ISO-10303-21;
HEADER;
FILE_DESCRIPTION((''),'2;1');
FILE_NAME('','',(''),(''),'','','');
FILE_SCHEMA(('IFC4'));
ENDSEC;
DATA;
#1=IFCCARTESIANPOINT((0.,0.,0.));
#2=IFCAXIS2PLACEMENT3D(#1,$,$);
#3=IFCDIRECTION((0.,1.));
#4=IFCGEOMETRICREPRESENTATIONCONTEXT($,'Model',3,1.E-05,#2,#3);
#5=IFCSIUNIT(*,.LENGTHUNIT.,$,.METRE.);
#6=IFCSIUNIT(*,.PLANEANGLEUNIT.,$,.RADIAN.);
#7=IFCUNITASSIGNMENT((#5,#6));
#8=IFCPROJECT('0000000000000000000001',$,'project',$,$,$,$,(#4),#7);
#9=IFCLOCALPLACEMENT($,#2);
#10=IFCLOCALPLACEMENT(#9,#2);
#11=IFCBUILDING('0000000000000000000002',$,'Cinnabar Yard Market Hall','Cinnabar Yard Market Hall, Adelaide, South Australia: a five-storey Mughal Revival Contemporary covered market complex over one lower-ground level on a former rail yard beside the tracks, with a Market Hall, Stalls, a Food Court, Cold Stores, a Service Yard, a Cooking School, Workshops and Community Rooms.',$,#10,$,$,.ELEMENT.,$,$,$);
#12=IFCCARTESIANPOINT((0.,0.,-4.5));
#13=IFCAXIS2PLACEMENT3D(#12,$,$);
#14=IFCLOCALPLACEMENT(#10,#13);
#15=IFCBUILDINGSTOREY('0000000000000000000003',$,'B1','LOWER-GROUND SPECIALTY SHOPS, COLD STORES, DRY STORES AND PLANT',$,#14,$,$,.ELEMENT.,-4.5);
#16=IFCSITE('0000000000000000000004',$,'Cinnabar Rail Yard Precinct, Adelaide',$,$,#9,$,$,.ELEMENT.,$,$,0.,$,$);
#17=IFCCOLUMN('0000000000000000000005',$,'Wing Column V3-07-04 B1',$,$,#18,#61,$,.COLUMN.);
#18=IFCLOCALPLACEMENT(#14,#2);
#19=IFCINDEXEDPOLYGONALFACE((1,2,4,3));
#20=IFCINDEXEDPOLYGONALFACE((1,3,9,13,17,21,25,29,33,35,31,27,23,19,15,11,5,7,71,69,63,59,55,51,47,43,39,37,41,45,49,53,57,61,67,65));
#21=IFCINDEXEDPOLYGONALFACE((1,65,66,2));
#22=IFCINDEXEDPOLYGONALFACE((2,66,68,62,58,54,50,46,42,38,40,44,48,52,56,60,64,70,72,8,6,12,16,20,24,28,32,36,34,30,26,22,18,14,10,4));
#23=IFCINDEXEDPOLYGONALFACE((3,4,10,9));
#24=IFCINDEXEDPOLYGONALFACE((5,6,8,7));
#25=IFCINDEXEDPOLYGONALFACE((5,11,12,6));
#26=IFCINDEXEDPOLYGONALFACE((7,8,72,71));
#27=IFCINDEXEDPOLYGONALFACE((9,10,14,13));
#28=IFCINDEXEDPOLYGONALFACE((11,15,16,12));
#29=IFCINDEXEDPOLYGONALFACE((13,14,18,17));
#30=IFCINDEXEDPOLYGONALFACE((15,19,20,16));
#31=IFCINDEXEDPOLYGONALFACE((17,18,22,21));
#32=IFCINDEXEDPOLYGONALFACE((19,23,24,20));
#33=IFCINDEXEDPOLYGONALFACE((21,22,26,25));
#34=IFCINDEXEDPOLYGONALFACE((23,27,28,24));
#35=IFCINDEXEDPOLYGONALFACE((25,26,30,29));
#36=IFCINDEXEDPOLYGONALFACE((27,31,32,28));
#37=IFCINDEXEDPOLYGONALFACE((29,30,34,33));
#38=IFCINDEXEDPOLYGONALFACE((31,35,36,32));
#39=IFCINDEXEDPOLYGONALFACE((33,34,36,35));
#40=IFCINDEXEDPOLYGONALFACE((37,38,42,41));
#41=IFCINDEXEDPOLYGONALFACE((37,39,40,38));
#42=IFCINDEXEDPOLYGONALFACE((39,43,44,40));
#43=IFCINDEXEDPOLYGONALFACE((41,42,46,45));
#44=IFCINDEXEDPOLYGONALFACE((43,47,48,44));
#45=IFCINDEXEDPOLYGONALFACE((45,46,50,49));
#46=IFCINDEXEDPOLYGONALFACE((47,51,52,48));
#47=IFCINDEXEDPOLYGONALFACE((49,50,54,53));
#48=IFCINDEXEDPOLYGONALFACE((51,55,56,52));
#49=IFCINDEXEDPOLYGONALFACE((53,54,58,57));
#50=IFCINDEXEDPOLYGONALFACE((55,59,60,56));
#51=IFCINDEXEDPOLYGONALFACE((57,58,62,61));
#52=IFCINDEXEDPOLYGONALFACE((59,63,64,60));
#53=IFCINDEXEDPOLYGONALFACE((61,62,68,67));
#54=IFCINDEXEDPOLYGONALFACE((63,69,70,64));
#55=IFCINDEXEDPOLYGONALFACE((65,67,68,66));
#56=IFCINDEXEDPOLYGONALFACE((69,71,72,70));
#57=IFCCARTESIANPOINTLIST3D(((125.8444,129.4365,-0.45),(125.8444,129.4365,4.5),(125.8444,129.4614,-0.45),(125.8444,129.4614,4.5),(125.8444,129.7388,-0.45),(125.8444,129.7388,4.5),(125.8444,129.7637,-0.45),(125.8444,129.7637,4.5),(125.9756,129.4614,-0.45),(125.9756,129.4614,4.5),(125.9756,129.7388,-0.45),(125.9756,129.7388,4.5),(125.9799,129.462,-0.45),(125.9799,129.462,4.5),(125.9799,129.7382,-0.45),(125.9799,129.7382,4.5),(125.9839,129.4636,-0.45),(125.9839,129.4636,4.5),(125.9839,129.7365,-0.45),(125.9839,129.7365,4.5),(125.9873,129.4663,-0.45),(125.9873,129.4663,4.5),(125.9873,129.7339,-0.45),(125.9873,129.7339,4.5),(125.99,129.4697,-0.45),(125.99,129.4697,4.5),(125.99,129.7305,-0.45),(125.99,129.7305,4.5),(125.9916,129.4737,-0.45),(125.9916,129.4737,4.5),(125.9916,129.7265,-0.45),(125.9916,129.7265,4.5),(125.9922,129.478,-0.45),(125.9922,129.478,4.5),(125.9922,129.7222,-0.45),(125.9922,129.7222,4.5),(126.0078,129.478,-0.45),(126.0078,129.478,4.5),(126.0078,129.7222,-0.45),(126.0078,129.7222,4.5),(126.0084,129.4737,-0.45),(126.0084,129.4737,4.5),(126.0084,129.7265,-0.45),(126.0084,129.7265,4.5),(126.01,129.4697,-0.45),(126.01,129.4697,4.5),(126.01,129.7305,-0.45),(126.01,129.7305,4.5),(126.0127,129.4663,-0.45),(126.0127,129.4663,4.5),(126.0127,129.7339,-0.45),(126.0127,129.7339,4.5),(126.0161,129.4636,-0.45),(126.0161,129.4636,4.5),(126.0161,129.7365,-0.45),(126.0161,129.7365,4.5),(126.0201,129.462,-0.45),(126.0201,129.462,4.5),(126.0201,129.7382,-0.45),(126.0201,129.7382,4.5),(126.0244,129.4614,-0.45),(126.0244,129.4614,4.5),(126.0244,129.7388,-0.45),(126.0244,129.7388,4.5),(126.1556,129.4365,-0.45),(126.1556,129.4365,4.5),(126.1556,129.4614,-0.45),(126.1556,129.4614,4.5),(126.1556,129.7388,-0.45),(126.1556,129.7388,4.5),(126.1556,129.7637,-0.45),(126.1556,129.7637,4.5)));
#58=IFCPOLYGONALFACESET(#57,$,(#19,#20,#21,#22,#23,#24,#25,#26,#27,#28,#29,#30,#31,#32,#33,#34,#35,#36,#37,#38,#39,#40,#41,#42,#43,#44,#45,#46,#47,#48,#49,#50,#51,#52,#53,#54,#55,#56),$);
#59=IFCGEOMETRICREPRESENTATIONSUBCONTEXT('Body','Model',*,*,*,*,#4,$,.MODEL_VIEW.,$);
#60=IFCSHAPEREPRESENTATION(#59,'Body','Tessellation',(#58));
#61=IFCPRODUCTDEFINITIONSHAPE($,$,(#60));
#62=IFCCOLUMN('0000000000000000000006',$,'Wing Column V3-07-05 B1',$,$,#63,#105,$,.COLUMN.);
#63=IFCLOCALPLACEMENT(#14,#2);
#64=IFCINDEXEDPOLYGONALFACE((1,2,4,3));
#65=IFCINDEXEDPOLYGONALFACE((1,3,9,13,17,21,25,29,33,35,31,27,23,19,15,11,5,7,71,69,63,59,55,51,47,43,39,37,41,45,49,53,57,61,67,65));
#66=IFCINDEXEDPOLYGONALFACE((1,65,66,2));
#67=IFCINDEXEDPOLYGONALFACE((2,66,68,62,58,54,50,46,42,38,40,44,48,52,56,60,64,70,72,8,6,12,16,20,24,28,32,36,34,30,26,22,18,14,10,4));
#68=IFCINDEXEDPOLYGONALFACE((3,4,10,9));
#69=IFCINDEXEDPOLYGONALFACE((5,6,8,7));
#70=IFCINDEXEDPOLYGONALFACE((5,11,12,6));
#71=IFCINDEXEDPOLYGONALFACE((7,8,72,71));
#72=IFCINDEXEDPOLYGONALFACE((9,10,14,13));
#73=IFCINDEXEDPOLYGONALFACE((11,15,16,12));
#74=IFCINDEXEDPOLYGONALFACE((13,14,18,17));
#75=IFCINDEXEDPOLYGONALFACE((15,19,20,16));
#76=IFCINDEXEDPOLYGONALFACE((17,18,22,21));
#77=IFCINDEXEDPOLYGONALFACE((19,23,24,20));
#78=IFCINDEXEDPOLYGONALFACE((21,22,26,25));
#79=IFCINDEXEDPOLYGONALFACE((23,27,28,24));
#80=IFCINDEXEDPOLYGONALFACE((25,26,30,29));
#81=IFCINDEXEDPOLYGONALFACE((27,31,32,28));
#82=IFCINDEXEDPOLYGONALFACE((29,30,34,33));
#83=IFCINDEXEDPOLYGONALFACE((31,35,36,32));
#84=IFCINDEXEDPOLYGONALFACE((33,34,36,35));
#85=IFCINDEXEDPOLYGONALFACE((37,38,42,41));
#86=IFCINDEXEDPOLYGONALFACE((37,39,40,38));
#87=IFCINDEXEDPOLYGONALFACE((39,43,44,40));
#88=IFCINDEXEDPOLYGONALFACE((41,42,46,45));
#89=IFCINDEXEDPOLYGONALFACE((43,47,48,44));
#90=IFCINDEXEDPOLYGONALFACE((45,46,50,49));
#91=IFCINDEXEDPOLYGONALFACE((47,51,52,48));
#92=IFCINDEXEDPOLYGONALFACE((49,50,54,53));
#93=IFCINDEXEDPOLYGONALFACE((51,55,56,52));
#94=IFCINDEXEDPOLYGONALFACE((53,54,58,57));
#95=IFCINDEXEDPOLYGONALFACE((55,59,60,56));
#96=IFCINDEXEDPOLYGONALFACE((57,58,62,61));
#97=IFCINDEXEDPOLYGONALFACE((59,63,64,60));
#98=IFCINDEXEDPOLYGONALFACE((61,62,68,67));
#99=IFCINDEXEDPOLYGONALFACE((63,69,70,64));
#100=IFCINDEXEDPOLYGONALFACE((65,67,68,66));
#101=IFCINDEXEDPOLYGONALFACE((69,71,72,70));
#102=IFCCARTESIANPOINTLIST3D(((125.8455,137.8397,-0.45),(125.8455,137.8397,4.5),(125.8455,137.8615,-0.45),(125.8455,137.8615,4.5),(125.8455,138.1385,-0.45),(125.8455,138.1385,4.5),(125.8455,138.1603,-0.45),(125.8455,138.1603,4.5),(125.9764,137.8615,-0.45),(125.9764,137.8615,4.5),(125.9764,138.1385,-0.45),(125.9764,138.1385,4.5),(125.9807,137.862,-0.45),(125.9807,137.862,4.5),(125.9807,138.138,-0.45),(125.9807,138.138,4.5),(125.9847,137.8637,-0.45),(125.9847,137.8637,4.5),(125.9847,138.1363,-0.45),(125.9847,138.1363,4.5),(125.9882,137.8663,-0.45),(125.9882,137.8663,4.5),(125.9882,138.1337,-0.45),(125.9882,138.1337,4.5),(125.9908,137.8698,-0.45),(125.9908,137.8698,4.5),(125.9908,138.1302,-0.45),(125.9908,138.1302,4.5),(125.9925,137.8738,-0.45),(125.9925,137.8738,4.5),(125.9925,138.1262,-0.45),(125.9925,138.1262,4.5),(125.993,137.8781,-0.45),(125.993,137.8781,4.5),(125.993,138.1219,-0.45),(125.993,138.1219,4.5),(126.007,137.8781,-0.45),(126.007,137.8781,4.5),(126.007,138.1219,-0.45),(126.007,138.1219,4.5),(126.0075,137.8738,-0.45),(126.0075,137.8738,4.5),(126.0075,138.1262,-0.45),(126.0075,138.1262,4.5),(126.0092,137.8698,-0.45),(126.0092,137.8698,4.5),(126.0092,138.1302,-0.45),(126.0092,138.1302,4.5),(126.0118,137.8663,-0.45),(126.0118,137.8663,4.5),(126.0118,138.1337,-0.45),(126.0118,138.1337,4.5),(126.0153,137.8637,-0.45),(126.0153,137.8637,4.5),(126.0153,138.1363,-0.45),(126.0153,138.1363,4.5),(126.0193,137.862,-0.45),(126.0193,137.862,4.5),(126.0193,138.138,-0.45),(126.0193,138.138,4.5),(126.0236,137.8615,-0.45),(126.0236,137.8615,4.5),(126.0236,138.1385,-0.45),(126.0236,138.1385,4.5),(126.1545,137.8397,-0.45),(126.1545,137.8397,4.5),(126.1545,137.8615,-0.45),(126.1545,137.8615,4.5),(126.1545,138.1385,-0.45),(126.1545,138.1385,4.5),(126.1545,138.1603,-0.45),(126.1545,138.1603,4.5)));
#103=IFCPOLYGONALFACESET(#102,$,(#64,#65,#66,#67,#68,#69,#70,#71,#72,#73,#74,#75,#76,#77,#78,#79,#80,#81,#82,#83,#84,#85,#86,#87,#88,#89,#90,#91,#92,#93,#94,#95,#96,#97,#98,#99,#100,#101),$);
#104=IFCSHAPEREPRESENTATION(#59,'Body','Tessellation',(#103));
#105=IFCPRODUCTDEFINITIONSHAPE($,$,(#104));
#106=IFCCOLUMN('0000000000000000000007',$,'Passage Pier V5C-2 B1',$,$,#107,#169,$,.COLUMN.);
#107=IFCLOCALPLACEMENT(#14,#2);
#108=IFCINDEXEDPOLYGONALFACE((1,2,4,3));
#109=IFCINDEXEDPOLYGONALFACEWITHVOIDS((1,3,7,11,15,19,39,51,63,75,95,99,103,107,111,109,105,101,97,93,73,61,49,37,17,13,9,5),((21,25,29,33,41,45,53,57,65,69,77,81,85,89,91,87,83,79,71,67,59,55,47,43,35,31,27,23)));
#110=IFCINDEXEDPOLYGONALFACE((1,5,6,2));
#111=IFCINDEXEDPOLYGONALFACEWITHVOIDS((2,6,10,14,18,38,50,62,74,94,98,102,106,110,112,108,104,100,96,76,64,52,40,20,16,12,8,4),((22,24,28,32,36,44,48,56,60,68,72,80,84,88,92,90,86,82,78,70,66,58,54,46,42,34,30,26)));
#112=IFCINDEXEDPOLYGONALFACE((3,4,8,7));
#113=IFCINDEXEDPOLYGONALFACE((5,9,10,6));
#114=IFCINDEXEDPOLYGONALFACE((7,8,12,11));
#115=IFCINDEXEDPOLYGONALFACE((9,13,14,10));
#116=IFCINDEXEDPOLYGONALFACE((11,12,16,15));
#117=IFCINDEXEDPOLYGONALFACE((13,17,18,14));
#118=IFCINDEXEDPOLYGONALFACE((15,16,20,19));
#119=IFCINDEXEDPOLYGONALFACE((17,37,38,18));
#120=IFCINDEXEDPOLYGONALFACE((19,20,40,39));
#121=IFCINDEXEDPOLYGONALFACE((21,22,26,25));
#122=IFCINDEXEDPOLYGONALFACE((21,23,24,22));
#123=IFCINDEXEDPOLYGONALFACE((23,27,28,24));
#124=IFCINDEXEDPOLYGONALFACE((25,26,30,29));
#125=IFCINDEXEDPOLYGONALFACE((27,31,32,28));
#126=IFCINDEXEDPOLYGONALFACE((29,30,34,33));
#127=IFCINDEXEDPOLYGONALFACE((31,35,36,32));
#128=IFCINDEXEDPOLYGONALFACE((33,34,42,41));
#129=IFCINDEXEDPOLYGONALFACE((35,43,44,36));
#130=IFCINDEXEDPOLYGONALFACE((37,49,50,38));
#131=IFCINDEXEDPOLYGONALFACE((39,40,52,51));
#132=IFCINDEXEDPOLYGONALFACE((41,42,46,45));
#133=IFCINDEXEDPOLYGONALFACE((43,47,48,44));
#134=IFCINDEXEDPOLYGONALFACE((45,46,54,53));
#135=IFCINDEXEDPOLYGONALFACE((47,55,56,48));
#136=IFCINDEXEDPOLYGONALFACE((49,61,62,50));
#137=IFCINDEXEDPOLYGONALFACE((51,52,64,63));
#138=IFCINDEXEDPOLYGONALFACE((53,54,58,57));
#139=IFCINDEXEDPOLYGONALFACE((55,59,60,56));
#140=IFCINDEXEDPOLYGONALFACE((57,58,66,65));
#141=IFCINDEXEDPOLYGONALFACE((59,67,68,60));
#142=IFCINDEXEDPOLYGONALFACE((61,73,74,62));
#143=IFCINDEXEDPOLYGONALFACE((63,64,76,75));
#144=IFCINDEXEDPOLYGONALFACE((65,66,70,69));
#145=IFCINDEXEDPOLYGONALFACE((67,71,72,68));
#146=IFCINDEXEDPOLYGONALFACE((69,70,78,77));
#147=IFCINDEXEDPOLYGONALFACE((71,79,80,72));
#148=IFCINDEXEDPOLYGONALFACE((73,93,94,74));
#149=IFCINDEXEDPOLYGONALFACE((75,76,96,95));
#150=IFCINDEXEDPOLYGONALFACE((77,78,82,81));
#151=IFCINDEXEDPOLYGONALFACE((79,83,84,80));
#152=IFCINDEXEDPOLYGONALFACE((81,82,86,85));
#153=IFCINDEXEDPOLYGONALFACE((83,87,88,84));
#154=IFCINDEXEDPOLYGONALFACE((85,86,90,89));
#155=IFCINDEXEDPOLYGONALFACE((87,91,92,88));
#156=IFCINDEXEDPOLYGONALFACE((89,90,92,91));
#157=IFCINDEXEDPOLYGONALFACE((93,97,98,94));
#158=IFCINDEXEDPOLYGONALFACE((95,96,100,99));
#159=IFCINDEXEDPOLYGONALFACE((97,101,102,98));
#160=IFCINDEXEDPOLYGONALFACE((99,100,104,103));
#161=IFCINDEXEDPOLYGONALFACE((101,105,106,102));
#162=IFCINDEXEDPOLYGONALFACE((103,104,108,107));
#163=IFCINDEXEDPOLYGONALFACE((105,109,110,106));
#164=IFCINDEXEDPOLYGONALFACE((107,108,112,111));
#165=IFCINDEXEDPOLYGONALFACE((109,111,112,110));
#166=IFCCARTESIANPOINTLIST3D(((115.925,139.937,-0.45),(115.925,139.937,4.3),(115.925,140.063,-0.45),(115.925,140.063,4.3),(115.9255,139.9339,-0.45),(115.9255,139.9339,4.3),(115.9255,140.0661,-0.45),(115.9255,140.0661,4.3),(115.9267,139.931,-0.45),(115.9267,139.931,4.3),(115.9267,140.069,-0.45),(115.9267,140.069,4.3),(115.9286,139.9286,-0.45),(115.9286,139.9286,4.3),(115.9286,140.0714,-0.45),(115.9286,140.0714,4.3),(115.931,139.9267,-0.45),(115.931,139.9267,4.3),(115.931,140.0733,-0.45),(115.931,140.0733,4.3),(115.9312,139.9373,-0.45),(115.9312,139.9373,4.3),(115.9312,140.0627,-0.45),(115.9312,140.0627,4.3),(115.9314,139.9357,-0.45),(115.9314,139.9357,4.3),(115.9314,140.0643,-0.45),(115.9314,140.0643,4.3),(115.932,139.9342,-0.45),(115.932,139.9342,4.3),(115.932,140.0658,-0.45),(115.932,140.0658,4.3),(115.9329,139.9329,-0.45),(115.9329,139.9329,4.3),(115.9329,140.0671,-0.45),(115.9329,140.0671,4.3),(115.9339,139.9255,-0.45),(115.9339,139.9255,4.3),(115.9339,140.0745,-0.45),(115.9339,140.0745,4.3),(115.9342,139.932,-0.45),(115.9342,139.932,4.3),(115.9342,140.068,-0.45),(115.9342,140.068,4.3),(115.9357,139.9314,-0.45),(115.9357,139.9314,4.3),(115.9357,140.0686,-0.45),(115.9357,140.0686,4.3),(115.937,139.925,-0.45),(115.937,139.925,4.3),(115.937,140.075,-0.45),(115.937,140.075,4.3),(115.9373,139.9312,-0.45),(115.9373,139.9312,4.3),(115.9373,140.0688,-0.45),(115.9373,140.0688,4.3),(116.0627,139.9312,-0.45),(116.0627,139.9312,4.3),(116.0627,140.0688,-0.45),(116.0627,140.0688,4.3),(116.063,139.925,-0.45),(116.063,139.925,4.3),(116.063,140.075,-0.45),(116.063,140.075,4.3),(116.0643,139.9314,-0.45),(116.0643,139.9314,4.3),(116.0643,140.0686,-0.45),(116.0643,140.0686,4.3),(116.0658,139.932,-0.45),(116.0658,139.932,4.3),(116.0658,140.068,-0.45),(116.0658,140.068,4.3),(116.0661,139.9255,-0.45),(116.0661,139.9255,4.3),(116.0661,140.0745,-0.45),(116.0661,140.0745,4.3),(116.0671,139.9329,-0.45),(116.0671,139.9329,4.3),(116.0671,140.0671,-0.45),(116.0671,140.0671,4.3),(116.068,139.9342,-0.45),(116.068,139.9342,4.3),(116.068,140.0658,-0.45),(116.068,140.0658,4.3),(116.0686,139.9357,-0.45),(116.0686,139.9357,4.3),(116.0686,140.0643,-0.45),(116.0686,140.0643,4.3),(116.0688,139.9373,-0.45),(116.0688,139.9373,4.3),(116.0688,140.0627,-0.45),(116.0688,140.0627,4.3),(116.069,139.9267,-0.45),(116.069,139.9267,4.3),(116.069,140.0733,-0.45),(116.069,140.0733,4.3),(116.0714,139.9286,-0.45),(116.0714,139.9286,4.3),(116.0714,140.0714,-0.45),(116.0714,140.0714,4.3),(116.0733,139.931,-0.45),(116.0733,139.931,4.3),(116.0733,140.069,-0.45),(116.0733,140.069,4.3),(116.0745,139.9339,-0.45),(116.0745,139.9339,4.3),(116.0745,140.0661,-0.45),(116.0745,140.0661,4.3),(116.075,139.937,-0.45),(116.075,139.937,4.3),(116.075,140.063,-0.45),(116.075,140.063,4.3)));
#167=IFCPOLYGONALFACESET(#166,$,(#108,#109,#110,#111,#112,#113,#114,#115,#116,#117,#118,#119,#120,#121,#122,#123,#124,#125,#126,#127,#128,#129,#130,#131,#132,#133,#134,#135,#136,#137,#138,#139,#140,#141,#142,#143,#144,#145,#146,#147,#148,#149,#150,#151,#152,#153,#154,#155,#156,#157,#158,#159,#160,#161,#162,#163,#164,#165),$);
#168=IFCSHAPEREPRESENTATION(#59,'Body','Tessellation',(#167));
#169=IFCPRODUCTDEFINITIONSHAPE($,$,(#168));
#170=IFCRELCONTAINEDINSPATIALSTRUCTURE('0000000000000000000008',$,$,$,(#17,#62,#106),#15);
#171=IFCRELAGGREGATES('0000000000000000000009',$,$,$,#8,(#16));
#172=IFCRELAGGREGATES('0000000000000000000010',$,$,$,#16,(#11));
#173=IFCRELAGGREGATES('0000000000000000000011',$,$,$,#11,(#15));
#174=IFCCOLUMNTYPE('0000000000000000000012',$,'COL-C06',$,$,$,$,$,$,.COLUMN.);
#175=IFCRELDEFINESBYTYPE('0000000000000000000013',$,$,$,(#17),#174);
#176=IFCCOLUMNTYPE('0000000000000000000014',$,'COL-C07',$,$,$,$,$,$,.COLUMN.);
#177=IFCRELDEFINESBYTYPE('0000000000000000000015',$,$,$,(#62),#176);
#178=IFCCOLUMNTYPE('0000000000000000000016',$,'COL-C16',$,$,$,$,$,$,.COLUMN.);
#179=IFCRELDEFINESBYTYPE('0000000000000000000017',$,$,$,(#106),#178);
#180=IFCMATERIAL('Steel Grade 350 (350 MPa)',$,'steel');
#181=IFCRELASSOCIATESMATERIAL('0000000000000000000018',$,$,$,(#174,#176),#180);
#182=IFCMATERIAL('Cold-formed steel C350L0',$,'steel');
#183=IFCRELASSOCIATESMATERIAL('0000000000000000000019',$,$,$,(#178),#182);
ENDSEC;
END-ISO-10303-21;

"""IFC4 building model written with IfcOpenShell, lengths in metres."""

from ifc_helpers import new_model, si_unit, direction, frame, origin, origin_2d_with_axis, place, context, subcontext, project, spatial, hollow_rectangle, i_section, extrude, material, material_profile, profile_set, type_object, element, save


model = new_model("IFC4")

# Units and contexts
model_context = context("Model", 3, precision=1e-05, world=origin(), true_north=direction((0.0, 1.0)))
body_context = subcontext(model_context, "Body", "Model", "MODEL_VIEW")
ifc_project = project(units=[si_unit("LENGTHUNIT", "METRE"), si_unit("PLANEANGLEUNIT", "RADIAN")], contexts=[model_context])

# Site, building, storey
site_placement = place(None, origin())
site = spatial("IfcSite", under=ifc_project, at=site_placement, Name="Cinnabar Rail Yard Precinct, Adelaide", CompositionType="ELEMENT", RefElevation=0.0)
building_placement = place(site_placement, origin())
building = spatial("IfcBuilding", under=site, at=building_placement, Name="Cinnabar Yard Market Hall", Description="Cinnabar Yard Market Hall, Adelaide, South Australia: a five-storey Mughal Revival Contemporary covered market complex over one lower-ground level on a former rail yard beside the tracks, with a Market Hall, Stalls, a Food Court, Cold Stores, a Service Yard, a Cooking School, Workshops and Community Rooms.", CompositionType="ELEMENT")
storey_placement = place(building_placement, frame((0.0, 0.0, -4.5)))
storey = spatial("IfcBuildingStorey", under=building, at=storey_placement, Name="B1", Description="LOWER-GROUND SPECIALTY SHOPS, COLD STORES, DRY STORES AND PLANT", CompositionType="ELEMENT", Elevation=-4.5)

# Columns
ifc_material_1 = material(Name="Steel Grade 350 (350 MPa)", Category="steel")
ifc_material_profile_1 = material_profile(ifc_material_1, i_section(OverallWidth=0.3113, OverallDepth=0.3271, WebThickness=0.0156, FlangeThickness=0.0249, FilletRadius=0.0166, at=origin_2d_with_axis()), Name="310UC158")
ifc_profile_set_1 = profile_set([ifc_material_profile_1], Name="Steel Grade 350 (350 MPa)")
column_type_1 = type_object("IfcColumnType", Name="COL-C06", PredefinedType="COLUMN", material=ifc_profile_set_1)
column_1_placement = place(storey_placement, frame((126.0, 129.6001, -0.45), z_axis=(0.0, 0.0, 1.0), x_axis=(1.0, 0.0, 0.0)))
element("IfcColumn", 1, at=column_1_placement, inside=storey, type_object=column_type_1, Name="Wing Column V3-07-04 B1", PredefinedType="COLUMN", context=body_context, shape_type="SweptSolid", body=[
    extrude(i_section(OverallWidth=0.3113, OverallDepth=0.3271, WebThickness=0.0156, FlangeThickness=0.0249, FilletRadius=0.0166, at=origin_2d_with_axis()), origin(), (0.0, 0.0, 1.0), 4.95),
])
ifc_material_profile_2 = material_profile(ifc_material_1, i_section(OverallWidth=0.3091, OverallDepth=0.3206, WebThickness=0.0139, FlangeThickness=0.0217, FilletRadius=0.0166, at=origin_2d_with_axis()), Name="310UC137")
ifc_profile_set_2 = profile_set([ifc_material_profile_2], Name="Steel Grade 350 (350 MPa)")
column_type_2 = type_object("IfcColumnType", Name="COL-C07", PredefinedType="COLUMN", material=ifc_profile_set_2)
column_2_placement = place(storey_placement, frame((126.0, 138.0, -0.45), z_axis=(0.0, 0.0, 1.0), x_axis=(1.0, 0.0, 0.0)))
element("IfcColumn", 2, at=column_2_placement, inside=storey, type_object=column_type_2, Name="Wing Column V3-07-05 B1", PredefinedType="COLUMN", context=body_context, shape_type="SweptSolid", body=[
    extrude(i_section(OverallWidth=0.3091, OverallDepth=0.3206, WebThickness=0.0139, FlangeThickness=0.0217, FilletRadius=0.0166, at=origin_2d_with_axis()), origin(), (0.0, 0.0, 1.0), 4.95),
])
ifc_material_2 = material(Name="Cold-formed steel C350L0", Category="steel")
ifc_material_profile_3 = material_profile(ifc_material_2, hollow_rectangle(XDim=0.1499, YDim=0.1499, WallThickness=0.0061, InnerFilletRadius=0.0061, OuterFilletRadius=0.012, at=origin_2d_with_axis()), Name="150x150x6.0SHS")
ifc_profile_set_3 = profile_set([ifc_material_profile_3], Name="Cold-formed steel C350L0")
column_type_3 = type_object("IfcColumnType", Name="COL-C16", PredefinedType="COLUMN", material=ifc_profile_set_3)
column_3_placement = place(storey_placement, frame((116.0, 140.0, -0.45), z_axis=(0.0, 0.0, 1.0), x_axis=(1.0, 0.0, 0.0)))
element("IfcColumn", 3, at=column_3_placement, inside=storey, type_object=column_type_3, Name="Passage Pier V5C-2 B1", PredefinedType="COLUMN", context=body_context, shape_type="SweptSolid", body=[
    extrude(hollow_rectangle(XDim=0.1499, YDim=0.1499, WallThickness=0.0061, InnerFilletRadius=0.0061, OuterFilletRadius=0.012, at=origin_2d_with_axis()), origin(), (0.0, 0.0, 1.0), 4.75),
])

save(model, "model.ifc")
